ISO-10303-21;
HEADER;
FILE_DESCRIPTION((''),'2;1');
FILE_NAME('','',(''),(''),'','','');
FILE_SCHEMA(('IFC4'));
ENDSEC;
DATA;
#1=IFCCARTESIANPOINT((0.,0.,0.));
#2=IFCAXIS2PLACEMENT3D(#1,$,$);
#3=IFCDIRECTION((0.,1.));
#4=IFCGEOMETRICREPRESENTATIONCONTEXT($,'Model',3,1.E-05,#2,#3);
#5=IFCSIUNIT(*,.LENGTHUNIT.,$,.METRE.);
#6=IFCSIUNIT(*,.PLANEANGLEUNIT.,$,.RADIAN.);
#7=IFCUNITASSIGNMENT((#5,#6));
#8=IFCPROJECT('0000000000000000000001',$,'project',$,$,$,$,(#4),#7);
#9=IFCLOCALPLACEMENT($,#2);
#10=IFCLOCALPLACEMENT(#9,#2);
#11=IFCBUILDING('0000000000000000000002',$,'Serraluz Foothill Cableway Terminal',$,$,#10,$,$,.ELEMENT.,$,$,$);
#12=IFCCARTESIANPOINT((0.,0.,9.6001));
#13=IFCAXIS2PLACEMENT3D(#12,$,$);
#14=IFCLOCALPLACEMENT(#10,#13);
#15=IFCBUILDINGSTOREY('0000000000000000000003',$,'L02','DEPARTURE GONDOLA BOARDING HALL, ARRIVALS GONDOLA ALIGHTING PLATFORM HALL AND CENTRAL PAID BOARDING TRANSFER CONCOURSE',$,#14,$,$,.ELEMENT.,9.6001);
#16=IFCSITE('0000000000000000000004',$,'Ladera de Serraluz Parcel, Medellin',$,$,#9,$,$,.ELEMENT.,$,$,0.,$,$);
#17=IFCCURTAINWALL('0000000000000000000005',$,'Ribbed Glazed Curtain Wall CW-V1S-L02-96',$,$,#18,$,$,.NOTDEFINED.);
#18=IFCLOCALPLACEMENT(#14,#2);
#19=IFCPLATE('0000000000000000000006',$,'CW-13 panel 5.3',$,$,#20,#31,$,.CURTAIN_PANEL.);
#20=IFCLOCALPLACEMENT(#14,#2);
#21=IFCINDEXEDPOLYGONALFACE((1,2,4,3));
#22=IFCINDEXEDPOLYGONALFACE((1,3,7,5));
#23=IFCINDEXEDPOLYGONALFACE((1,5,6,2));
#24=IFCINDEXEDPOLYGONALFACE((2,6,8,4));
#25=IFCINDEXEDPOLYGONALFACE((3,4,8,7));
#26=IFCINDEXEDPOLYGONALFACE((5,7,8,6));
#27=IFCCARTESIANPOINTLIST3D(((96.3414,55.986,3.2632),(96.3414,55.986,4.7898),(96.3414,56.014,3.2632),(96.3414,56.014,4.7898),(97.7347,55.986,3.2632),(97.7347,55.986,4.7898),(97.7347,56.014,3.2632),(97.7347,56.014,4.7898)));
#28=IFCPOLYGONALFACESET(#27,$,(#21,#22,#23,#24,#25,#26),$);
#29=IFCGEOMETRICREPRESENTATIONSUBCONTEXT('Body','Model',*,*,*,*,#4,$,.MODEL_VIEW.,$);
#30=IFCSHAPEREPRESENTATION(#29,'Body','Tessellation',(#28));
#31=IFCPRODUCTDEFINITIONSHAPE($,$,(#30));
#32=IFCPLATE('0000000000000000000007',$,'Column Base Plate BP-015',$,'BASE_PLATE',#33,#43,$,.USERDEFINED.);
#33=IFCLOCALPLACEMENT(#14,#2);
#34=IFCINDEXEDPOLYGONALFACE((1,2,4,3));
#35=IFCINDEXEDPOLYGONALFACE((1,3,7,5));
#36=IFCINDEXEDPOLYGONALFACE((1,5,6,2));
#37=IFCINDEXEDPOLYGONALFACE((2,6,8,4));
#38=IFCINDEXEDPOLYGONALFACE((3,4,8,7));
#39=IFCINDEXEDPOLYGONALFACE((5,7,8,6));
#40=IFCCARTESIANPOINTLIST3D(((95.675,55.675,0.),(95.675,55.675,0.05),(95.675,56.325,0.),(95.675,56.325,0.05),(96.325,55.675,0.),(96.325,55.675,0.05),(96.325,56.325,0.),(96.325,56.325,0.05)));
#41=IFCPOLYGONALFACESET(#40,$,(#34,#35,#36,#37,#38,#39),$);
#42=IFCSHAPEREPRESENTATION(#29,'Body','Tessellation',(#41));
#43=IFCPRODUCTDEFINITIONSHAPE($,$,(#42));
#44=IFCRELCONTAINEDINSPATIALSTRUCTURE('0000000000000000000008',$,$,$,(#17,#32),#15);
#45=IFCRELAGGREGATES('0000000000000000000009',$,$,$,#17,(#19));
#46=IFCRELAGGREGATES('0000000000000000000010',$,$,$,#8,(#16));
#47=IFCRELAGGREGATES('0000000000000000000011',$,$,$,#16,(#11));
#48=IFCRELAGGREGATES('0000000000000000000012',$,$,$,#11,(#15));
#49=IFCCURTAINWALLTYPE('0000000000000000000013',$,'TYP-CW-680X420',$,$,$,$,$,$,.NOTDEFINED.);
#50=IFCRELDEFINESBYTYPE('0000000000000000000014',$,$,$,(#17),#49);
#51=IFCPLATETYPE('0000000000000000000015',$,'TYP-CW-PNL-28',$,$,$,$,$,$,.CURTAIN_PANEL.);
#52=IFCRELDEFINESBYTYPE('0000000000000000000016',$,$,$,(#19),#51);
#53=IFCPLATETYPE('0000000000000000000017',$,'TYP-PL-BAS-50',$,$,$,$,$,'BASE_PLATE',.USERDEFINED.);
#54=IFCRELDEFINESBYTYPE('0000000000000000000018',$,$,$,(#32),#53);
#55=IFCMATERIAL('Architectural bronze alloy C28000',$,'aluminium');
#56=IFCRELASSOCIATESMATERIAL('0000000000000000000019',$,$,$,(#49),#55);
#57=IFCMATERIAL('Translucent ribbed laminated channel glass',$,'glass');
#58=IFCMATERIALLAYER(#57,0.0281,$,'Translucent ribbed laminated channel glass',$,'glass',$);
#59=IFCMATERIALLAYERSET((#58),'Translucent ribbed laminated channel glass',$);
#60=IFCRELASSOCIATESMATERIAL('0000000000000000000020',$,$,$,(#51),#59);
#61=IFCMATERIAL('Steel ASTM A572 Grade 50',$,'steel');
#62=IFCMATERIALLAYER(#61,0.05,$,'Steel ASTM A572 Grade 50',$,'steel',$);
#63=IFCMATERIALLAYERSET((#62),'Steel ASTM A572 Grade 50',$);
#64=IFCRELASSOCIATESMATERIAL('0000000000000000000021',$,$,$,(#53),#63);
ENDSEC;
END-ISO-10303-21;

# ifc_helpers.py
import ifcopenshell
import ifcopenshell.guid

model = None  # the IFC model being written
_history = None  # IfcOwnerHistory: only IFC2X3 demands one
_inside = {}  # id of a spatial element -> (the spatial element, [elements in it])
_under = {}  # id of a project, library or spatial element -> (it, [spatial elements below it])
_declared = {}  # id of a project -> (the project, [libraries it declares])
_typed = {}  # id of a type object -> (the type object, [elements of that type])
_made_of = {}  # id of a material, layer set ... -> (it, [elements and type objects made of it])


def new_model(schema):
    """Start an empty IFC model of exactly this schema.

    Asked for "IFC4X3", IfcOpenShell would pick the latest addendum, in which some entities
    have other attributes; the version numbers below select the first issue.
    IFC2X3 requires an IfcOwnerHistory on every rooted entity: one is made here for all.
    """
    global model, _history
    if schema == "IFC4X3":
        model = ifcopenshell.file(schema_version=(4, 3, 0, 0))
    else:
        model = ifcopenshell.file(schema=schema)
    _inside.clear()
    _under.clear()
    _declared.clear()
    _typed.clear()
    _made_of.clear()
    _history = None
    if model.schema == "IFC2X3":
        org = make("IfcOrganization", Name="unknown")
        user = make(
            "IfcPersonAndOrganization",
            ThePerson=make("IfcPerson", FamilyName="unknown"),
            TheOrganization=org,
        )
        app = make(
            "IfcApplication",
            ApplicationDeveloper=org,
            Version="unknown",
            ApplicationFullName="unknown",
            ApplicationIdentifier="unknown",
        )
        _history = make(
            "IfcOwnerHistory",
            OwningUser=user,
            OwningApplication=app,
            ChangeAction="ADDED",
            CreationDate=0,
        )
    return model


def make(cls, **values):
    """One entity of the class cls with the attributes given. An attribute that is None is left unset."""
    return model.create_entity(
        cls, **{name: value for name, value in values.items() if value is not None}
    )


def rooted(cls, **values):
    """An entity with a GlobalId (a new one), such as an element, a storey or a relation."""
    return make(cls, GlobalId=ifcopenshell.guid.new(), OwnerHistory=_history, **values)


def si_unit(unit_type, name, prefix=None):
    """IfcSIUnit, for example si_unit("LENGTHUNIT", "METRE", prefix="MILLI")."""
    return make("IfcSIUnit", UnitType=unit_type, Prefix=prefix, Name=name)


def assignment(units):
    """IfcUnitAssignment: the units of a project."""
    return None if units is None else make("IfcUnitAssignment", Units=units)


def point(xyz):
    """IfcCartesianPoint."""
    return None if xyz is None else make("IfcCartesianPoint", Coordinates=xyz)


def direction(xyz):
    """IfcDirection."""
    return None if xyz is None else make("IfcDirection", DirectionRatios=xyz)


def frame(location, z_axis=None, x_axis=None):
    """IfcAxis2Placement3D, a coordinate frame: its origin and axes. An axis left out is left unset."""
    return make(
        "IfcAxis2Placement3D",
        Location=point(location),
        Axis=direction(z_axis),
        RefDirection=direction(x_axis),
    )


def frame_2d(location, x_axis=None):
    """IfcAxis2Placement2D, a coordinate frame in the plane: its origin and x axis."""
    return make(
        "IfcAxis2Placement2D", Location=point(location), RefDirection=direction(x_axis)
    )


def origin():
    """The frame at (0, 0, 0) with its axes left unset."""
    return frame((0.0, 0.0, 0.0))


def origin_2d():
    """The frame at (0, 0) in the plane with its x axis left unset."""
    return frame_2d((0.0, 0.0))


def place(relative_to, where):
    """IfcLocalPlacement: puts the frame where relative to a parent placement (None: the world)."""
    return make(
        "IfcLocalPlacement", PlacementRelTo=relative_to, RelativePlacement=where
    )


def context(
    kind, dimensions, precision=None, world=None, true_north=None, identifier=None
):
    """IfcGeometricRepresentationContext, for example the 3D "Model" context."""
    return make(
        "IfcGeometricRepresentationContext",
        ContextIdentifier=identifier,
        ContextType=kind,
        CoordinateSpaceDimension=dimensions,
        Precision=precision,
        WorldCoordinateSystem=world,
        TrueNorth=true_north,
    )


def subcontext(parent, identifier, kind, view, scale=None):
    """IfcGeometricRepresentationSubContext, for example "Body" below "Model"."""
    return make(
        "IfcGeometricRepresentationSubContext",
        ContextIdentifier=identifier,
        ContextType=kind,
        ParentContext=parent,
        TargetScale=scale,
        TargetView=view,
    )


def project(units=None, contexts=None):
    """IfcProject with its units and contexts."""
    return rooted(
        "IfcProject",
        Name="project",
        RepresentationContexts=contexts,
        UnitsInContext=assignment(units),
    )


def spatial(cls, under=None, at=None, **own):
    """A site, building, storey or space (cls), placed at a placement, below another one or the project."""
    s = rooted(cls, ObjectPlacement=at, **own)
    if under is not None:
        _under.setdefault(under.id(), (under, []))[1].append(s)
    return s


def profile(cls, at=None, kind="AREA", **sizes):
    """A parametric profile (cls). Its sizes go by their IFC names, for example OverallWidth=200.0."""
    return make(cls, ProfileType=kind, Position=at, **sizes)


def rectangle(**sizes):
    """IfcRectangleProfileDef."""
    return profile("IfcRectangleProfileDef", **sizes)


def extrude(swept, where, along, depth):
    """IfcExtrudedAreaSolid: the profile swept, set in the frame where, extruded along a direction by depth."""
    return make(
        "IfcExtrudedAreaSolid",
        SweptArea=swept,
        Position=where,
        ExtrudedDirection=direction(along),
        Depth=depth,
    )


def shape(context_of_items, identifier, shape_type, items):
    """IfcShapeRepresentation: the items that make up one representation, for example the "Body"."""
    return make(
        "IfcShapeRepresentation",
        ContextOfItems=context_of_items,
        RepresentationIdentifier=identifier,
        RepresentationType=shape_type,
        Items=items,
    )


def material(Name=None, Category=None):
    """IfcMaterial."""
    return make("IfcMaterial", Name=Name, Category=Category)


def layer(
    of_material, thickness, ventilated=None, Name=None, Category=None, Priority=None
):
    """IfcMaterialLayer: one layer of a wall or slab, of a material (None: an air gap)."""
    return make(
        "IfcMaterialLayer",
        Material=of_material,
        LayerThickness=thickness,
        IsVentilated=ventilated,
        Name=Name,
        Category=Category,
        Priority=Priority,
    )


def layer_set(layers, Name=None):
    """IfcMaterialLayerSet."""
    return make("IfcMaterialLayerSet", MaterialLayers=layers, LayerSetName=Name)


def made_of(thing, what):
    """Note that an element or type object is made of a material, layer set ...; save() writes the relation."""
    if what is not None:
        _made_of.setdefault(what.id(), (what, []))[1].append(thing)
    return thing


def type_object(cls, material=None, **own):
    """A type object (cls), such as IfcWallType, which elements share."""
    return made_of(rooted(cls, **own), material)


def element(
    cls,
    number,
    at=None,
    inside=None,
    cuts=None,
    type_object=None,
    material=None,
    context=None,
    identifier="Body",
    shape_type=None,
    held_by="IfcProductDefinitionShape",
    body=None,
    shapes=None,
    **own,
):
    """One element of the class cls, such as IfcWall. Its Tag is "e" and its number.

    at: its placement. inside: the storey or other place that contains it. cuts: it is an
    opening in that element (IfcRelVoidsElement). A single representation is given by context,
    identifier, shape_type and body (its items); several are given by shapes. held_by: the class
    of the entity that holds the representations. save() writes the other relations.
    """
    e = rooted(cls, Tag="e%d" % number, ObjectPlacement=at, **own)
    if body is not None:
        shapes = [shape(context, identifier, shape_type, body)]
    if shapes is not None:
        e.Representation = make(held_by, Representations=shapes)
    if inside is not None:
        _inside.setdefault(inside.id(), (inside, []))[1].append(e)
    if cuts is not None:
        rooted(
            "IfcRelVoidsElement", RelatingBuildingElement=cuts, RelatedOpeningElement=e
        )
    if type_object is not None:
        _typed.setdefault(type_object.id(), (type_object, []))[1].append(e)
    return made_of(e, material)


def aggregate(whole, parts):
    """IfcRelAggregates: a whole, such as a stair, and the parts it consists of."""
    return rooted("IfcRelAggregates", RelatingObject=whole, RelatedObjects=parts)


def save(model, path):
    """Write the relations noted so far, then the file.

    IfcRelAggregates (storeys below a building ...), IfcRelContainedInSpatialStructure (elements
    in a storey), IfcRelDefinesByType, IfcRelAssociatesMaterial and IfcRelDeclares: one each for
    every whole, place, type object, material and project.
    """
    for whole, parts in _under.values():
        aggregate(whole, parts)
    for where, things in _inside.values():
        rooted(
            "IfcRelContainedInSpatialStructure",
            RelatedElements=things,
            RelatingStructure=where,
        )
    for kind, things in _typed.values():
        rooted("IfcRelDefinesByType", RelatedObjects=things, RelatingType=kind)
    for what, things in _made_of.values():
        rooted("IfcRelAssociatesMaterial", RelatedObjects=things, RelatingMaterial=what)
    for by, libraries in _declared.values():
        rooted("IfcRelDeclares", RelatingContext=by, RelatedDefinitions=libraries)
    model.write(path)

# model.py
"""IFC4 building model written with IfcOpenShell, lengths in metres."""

from ifc_helpers import new_model, si_unit, direction, frame, origin, origin_2d, place, context, subcontext, project, spatial, rectangle, extrude, material, layer, layer_set, type_object, element, aggregate, save


model = new_model("IFC4")

# Units and contexts
model_context = context("Model", 3, precision=1e-05, world=origin(), true_north=direction((0.0, 1.0)))
body_context = subcontext(model_context, "Body", "Model", "MODEL_VIEW")
ifc_project = project(units=[si_unit("LENGTHUNIT", "METRE"), si_unit("PLANEANGLEUNIT", "RADIAN")], contexts=[model_context])

# Site, building, storey
site_placement = place(None, origin())
site = spatial("IfcSite", under=ifc_project, at=site_placement, Name="Ladera de Serraluz Parcel, Medellin", CompositionType="ELEMENT", RefElevation=0.0)
building_placement = place(site_placement, origin())
building = spatial("IfcBuilding", under=site, at=building_placement, Name="Serraluz Foothill Cableway Terminal", CompositionType="ELEMENT")
storey_placement = place(building_placement, frame((0.0, 0.0, 9.6001)))
storey = spatial("IfcBuildingStorey", under=building, at=storey_placement, Name="L02", Description="DEPARTURE GONDOLA BOARDING HALL, ARRIVALS GONDOLA ALIGHTING PLATFORM HALL AND CENTRAL PAID BOARDING TRANSFER CONCOURSE", CompositionType="ELEMENT", Elevation=9.6001)

# Shared definitions
ifc_material_1 = material(Name="Architectural bronze alloy C28000", Category="aluminium")

# Curtain wall
curtain_wall_type_1 = type_object("IfcCurtainWallType", Name="TYP-CW-680X420", PredefinedType="NOTDEFINED", material=ifc_material_1)
curtain_wall_1_placement = place(storey_placement, origin())
curtain_wall_1 = element("IfcCurtainWall", 1, at=curtain_wall_1_placement, inside=storey, type_object=curtain_wall_type_1, Name="Ribbed Glazed Curtain Wall CW-V1S-L02-96", PredefinedType="NOTDEFINED")

# Plates
ifc_material_2 = material(Name="Translucent ribbed laminated channel glass", Category="glass")
ifc_layer_1 = layer(ifc_material_2, 0.0281, Name="Translucent ribbed laminated channel glass", Category="glass")
ifc_layer_set_1 = layer_set([ifc_layer_1], Name="Translucent ribbed laminated channel glass")
plate_type_1 = type_object("IfcPlateType", Name="TYP-CW-PNL-28", PredefinedType="CURTAIN_PANEL", material=ifc_layer_set_1)
plate_1_placement = place(storey_placement, frame((97.0381, 56.0, 3.2632), z_axis=(0.0, 0.0, 1.0), x_axis=(-1.0, 0.0, 0.0)))
plate_1 = element("IfcPlate", 2, at=plate_1_placement, type_object=plate_type_1, Name="CW-13 panel 5.3", PredefinedType="CURTAIN_PANEL", context=body_context, shape_type="SweptSolid", body=[
    extrude(rectangle(XDim=1.3933, YDim=0.0281, at=origin_2d()), origin(), (0.0, 0.0, 1.0), 1.5266),
])
aggregate(curtain_wall_1, [plate_1])
ifc_material_3 = material(Name="Steel ASTM A572 Grade 50", Category="steel")
ifc_layer_2 = layer(ifc_material_3, 0.05, Name="Steel ASTM A572 Grade 50", Category="steel")
ifc_layer_set_2 = layer_set([ifc_layer_2], Name="Steel ASTM A572 Grade 50")
plate_type_2 = type_object("IfcPlateType", Name="TYP-PL-BAS-50", ElementType="BASE_PLATE", PredefinedType="USERDEFINED", material=ifc_layer_set_2)
plate_2_placement = place(storey_placement, frame((96.0, 56.0, 0.0), z_axis=(0.0, 0.0, 1.0), x_axis=(1.0, 0.0, 0.0)))
element("IfcPlate", 3, at=plate_2_placement, inside=storey, type_object=plate_type_2, Name="Column Base Plate BP-015", ObjectType="BASE_PLATE", PredefinedType="USERDEFINED", context=body_context, shape_type="SweptSolid", body=[
    extrude(rectangle(XDim=0.6499, YDim=0.6499, at=origin_2d()), origin(), (0.0, 0.0, 1.0), 0.05),
])

save(model, "model.ifc")
